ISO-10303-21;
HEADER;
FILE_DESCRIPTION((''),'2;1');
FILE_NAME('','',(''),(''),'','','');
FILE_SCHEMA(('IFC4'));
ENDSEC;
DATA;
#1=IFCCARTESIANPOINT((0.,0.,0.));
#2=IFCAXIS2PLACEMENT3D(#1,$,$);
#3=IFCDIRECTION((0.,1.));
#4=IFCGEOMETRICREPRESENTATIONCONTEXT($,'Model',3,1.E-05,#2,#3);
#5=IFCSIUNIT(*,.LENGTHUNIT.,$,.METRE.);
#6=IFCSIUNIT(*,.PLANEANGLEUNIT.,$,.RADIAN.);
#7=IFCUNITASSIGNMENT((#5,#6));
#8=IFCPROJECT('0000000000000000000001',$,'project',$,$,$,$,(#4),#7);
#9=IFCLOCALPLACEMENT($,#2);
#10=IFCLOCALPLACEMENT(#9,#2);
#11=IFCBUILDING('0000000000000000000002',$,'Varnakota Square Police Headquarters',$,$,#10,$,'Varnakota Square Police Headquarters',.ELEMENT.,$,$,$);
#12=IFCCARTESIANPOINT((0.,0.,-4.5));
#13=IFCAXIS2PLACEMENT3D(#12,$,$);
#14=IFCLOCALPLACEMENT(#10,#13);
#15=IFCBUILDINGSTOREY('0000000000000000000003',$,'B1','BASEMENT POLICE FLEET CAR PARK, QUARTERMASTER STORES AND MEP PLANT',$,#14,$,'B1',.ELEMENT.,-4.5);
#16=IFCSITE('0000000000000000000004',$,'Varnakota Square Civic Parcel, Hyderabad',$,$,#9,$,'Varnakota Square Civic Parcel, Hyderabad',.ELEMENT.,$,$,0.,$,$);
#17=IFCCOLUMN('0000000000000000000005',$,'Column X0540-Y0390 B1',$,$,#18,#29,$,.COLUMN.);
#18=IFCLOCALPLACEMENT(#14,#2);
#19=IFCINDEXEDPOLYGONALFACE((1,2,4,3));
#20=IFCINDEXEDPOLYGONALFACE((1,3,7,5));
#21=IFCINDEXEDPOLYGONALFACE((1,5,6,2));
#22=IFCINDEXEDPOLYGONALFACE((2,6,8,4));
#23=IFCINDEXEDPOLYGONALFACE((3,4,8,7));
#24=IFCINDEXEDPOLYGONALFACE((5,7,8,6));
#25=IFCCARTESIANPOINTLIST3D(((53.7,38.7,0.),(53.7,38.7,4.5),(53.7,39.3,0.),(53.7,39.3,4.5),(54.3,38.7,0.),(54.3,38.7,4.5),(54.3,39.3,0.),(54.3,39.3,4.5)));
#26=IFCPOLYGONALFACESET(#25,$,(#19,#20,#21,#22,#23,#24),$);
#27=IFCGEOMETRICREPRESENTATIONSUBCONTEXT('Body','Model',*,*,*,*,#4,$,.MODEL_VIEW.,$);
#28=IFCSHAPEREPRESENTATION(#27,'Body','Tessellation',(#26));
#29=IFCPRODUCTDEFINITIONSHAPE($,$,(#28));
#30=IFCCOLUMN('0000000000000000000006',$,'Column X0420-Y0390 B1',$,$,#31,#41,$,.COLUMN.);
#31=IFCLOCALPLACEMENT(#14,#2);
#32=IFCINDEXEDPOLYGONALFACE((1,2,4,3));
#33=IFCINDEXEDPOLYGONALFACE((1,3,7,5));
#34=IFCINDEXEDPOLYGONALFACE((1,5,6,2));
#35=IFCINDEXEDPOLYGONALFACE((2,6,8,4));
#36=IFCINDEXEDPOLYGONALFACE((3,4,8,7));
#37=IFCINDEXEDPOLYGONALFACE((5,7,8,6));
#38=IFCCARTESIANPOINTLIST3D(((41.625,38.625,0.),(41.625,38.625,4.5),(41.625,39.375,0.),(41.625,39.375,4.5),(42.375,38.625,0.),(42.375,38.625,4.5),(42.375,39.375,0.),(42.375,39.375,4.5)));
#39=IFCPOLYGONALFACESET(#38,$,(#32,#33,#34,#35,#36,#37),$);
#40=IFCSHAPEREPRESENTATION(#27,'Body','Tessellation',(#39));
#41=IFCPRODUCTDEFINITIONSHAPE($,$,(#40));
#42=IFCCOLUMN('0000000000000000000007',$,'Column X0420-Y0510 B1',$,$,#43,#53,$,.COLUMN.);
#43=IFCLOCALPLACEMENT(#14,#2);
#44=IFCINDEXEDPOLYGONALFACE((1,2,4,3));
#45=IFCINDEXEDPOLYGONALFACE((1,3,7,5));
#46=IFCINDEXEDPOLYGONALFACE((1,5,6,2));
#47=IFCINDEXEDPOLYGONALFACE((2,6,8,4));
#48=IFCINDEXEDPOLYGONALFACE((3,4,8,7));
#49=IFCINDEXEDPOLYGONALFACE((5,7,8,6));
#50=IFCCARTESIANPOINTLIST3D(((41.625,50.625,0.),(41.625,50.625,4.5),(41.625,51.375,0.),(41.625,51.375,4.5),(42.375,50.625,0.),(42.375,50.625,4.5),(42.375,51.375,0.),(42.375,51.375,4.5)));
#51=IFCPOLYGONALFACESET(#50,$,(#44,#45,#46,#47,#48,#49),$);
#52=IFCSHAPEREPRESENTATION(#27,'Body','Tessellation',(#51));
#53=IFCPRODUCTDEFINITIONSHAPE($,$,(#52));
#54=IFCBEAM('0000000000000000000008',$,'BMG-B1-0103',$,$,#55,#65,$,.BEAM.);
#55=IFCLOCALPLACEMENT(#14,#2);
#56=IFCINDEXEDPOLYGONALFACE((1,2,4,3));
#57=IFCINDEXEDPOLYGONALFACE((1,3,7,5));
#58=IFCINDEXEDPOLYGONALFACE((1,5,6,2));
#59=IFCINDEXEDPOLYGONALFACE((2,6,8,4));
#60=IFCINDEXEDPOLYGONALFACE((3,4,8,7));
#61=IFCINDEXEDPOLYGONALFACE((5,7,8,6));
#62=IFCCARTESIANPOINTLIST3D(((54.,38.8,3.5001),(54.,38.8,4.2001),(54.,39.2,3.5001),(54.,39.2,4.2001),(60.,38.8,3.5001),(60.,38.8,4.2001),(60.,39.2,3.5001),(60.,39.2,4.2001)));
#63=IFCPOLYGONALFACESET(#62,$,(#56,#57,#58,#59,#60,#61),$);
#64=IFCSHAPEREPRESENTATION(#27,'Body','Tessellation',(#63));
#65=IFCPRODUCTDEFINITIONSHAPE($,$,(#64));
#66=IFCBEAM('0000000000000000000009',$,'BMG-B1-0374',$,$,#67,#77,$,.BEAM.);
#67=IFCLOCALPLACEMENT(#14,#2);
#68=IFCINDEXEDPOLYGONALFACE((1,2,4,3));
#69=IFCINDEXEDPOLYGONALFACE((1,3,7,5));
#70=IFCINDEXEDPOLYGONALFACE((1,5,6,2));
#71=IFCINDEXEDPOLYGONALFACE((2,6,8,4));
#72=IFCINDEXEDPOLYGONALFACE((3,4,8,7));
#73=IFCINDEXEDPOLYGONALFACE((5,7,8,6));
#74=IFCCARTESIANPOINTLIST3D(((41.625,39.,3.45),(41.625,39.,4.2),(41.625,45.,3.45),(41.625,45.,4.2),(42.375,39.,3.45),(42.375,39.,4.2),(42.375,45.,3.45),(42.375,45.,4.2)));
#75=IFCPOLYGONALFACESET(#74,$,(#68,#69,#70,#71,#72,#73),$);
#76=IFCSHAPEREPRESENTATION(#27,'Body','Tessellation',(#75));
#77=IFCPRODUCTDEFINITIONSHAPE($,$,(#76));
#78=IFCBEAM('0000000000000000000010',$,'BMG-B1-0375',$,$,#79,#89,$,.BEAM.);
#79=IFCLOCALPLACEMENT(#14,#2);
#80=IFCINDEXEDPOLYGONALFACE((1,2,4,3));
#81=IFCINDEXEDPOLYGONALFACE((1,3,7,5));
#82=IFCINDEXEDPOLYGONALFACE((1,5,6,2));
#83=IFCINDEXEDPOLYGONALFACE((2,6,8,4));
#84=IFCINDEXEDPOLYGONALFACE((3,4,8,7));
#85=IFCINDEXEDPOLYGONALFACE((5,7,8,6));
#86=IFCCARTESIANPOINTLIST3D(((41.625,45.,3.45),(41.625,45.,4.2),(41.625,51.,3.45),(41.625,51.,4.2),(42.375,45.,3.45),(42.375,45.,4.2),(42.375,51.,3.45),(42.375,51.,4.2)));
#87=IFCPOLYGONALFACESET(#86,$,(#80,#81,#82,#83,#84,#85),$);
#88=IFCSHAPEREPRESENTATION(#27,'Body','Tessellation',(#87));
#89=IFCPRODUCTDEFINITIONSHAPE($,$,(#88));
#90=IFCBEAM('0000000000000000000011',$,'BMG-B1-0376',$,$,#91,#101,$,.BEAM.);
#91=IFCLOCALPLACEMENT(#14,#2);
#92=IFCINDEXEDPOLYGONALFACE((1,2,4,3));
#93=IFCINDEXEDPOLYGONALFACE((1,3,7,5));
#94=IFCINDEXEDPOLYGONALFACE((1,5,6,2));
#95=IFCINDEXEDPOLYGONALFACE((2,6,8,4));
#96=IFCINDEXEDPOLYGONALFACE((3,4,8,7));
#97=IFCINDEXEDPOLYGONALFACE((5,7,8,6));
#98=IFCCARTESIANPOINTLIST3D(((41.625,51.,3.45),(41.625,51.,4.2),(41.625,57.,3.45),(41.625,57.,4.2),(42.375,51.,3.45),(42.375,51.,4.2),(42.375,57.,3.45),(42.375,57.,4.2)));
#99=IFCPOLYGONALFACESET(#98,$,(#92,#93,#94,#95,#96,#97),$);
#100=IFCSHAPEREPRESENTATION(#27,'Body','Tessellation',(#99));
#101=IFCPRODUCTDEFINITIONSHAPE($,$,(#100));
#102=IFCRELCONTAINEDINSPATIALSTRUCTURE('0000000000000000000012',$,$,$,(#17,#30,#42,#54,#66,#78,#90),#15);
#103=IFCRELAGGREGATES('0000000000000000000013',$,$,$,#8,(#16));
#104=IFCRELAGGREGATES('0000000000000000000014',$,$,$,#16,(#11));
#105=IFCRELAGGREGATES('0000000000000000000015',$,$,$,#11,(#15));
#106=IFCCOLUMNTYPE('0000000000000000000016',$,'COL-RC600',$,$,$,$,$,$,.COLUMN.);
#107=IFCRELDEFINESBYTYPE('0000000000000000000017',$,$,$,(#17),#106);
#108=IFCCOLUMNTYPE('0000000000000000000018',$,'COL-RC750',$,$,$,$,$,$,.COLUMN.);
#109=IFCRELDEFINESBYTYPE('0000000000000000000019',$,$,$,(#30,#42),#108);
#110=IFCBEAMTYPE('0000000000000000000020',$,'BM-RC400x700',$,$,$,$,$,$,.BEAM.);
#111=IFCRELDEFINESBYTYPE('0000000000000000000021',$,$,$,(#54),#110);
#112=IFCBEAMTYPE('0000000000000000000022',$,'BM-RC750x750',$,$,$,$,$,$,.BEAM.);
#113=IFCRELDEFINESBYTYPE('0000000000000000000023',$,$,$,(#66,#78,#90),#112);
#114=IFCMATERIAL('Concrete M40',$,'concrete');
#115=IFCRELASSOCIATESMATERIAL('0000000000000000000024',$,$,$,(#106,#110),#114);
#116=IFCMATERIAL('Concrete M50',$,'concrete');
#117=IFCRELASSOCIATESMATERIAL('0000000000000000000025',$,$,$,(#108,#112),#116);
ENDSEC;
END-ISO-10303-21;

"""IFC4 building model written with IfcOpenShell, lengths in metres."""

from ifc_helpers import new_model, si_unit, direction, frame, origin, origin_2d, place, context, subcontext, project, spatial, rectangle, extrude, material, material_profile, profile_set, type_object, element, save


model = new_model("IFC4")

# Units and contexts
model_context = context("Model", 3, precision=1e-05, world=origin(), true_north=direction((0.0, 1.0)))
body_context = subcontext(model_context, "Body", "Model", "MODEL_VIEW")
ifc_project = project(units=[si_unit("LENGTHUNIT", "METRE"), si_unit("PLANEANGLEUNIT", "RADIAN")], contexts=[model_context])

# Site, building, storey
site_placement = place(None, origin())
site = spatial("IfcSite", under=ifc_project, at=site_placement, Name="Varnakota Square Civic Parcel, Hyderabad", LongName="Varnakota Square Civic Parcel, Hyderabad", CompositionType="ELEMENT", RefElevation=0.0)
building_placement = place(site_placement, origin())
building = spatial("IfcBuilding", under=site, at=building_placement, Name="Varnakota Square Police Headquarters", LongName="Varnakota Square Police Headquarters", CompositionType="ELEMENT")
storey_placement = place(building_placement, frame((0.0, 0.0, -4.5)))
storey = spatial("IfcBuildingStorey", under=building, at=storey_placement, Name="B1", Description="BASEMENT POLICE FLEET CAR PARK, QUARTERMASTER STORES AND MEP PLANT", LongName="B1", CompositionType="ELEMENT", Elevation=-4.5)

# Shared definitions
ifc_material_1 = material(Name="Concrete M40", Category="concrete")
ifc_material_2 = material(Name="Concrete M50", Category="concrete")

# Columns
ifc_material_profile_1 = material_profile(ifc_material_1, rectangle(XDim=0.6001, YDim=0.6001, at=origin_2d()), Name="RC 600x600")
ifc_profile_set_1 = profile_set([ifc_material_profile_1], Name="Concrete M40")
column_type_1 = type_object("IfcColumnType", Name="COL-RC600", PredefinedType="COLUMN", material=ifc_profile_set_1)
column_1_placement = place(storey_placement, frame((54.0, 39.0, 0.0), z_axis=(0.0, 0.0, 1.0), x_axis=(1.0, 0.0, 0.0)))
element("IfcColumn", 1, at=column_1_placement, inside=storey, type_object=column_type_1, Name="Column X0540-Y0390 B1", PredefinedType="COLUMN", context=body_context, shape_type="SweptSolid", body=[
    extrude(rectangle(XDim=0.6001, YDim=0.6001, at=origin_2d()), origin(), (0.0, 0.0, 1.0), 4.5),
])
ifc_material_profile_2 = material_profile(ifc_material_2, rectangle(XDim=0.75, YDim=0.75, at=origin_2d()), Name="RC 750x750")
ifc_profile_set_2 = profile_set([ifc_material_profile_2], Name="Concrete M50")
column_type_2 = type_object("IfcColumnType", Name="COL-RC750", PredefinedType="COLUMN", material=ifc_profile_set_2)
for number, where, z_axis, x_axis, name in (
    (2, (42.0, 39.0, 0.0), (0.0, 0.0, 1.0), (1.0, 0.0, 0.0), "Column X0420-Y0390 B1"),
    (3, (42.0, 51.0, 0.0), (0.0, 0.0, 1.0), (1.0, 0.0, 0.0), "Column X0420-Y0510 B1"),
):
    element("IfcColumn", number, at=place(storey_placement, frame(where, z_axis=z_axis, x_axis=x_axis)), inside=storey, type_object=column_type_2, Name=name, PredefinedType="COLUMN", context=body_context, shape_type="SweptSolid", body=[
        extrude(rectangle(XDim=0.75, YDim=0.75, at=origin_2d()), origin(), (0.0, 0.0, 1.0), 4.5),
    ])

# Beams
ifc_material_profile_3 = material_profile(ifc_material_1, rectangle(XDim=0.3999, YDim=0.7, at=origin_2d()), Name="RC 400x700")
ifc_profile_set_3 = profile_set([ifc_material_profile_3], Name="Concrete M40")
beam_type_1 = type_object("IfcBeamType", Name="BM-RC400x700", PredefinedType="BEAM", material=ifc_profile_set_3)
beam_placement = place(storey_placement, frame((54.0, 39.0, 3.8501), z_axis=(1.0, 0.0, 0.0), x_axis=(0.0, 1.0, 0.0)))
element("IfcBeam", 4, at=beam_placement, inside=storey, type_object=beam_type_1, Name="BMG-B1-0103", PredefinedType="BEAM", context=body_context, shape_type="SweptSolid", body=[
    extrude(rectangle(XDim=0.3999, YDim=0.7, at=origin_2d()), origin(), (0.0, 0.0, 1.0), 6.0),
])
ifc_material_profile_4 = material_profile(ifc_material_2, rectangle(XDim=0.75, YDim=0.75, at=origin_2d()), Name="RC 750x750")
ifc_profile_set_4 = profile_set([ifc_material_profile_4], Name="Concrete M50")
beam_type_2 = type_object("IfcBeamType", Name="BM-RC750x750", PredefinedType="BEAM", material=ifc_profile_set_4)
for number, where, z_axis, x_axis, name in (
    (5, (42.0, 39.0, 3.825), (0.0, 1.0, 0.0), (-1.0, 0.0, 0.0), "BMG-B1-0374"),
    (6, (42.0, 45.0, 3.825), (0.0, 1.0, 0.0), (-1.0, 0.0, 0.0), "BMG-B1-0375"),
    (7, (42.0, 51.0, 3.825), (0.0, 1.0, 0.0), (-1.0, 0.0, 0.0), "BMG-B1-0376"),
):
    element("IfcBeam", number, at=place(storey_placement, frame(where, z_axis=z_axis, x_axis=x_axis)), inside=storey, type_object=beam_type_2, Name=name, PredefinedType="BEAM", context=body_context, shape_type="SweptSolid", body=[
        extrude(rectangle(XDim=0.75, YDim=0.75, at=origin_2d()), origin(), (0.0, 0.0, 1.0), 6.0),
    ])

save(model, "model.ifc")
